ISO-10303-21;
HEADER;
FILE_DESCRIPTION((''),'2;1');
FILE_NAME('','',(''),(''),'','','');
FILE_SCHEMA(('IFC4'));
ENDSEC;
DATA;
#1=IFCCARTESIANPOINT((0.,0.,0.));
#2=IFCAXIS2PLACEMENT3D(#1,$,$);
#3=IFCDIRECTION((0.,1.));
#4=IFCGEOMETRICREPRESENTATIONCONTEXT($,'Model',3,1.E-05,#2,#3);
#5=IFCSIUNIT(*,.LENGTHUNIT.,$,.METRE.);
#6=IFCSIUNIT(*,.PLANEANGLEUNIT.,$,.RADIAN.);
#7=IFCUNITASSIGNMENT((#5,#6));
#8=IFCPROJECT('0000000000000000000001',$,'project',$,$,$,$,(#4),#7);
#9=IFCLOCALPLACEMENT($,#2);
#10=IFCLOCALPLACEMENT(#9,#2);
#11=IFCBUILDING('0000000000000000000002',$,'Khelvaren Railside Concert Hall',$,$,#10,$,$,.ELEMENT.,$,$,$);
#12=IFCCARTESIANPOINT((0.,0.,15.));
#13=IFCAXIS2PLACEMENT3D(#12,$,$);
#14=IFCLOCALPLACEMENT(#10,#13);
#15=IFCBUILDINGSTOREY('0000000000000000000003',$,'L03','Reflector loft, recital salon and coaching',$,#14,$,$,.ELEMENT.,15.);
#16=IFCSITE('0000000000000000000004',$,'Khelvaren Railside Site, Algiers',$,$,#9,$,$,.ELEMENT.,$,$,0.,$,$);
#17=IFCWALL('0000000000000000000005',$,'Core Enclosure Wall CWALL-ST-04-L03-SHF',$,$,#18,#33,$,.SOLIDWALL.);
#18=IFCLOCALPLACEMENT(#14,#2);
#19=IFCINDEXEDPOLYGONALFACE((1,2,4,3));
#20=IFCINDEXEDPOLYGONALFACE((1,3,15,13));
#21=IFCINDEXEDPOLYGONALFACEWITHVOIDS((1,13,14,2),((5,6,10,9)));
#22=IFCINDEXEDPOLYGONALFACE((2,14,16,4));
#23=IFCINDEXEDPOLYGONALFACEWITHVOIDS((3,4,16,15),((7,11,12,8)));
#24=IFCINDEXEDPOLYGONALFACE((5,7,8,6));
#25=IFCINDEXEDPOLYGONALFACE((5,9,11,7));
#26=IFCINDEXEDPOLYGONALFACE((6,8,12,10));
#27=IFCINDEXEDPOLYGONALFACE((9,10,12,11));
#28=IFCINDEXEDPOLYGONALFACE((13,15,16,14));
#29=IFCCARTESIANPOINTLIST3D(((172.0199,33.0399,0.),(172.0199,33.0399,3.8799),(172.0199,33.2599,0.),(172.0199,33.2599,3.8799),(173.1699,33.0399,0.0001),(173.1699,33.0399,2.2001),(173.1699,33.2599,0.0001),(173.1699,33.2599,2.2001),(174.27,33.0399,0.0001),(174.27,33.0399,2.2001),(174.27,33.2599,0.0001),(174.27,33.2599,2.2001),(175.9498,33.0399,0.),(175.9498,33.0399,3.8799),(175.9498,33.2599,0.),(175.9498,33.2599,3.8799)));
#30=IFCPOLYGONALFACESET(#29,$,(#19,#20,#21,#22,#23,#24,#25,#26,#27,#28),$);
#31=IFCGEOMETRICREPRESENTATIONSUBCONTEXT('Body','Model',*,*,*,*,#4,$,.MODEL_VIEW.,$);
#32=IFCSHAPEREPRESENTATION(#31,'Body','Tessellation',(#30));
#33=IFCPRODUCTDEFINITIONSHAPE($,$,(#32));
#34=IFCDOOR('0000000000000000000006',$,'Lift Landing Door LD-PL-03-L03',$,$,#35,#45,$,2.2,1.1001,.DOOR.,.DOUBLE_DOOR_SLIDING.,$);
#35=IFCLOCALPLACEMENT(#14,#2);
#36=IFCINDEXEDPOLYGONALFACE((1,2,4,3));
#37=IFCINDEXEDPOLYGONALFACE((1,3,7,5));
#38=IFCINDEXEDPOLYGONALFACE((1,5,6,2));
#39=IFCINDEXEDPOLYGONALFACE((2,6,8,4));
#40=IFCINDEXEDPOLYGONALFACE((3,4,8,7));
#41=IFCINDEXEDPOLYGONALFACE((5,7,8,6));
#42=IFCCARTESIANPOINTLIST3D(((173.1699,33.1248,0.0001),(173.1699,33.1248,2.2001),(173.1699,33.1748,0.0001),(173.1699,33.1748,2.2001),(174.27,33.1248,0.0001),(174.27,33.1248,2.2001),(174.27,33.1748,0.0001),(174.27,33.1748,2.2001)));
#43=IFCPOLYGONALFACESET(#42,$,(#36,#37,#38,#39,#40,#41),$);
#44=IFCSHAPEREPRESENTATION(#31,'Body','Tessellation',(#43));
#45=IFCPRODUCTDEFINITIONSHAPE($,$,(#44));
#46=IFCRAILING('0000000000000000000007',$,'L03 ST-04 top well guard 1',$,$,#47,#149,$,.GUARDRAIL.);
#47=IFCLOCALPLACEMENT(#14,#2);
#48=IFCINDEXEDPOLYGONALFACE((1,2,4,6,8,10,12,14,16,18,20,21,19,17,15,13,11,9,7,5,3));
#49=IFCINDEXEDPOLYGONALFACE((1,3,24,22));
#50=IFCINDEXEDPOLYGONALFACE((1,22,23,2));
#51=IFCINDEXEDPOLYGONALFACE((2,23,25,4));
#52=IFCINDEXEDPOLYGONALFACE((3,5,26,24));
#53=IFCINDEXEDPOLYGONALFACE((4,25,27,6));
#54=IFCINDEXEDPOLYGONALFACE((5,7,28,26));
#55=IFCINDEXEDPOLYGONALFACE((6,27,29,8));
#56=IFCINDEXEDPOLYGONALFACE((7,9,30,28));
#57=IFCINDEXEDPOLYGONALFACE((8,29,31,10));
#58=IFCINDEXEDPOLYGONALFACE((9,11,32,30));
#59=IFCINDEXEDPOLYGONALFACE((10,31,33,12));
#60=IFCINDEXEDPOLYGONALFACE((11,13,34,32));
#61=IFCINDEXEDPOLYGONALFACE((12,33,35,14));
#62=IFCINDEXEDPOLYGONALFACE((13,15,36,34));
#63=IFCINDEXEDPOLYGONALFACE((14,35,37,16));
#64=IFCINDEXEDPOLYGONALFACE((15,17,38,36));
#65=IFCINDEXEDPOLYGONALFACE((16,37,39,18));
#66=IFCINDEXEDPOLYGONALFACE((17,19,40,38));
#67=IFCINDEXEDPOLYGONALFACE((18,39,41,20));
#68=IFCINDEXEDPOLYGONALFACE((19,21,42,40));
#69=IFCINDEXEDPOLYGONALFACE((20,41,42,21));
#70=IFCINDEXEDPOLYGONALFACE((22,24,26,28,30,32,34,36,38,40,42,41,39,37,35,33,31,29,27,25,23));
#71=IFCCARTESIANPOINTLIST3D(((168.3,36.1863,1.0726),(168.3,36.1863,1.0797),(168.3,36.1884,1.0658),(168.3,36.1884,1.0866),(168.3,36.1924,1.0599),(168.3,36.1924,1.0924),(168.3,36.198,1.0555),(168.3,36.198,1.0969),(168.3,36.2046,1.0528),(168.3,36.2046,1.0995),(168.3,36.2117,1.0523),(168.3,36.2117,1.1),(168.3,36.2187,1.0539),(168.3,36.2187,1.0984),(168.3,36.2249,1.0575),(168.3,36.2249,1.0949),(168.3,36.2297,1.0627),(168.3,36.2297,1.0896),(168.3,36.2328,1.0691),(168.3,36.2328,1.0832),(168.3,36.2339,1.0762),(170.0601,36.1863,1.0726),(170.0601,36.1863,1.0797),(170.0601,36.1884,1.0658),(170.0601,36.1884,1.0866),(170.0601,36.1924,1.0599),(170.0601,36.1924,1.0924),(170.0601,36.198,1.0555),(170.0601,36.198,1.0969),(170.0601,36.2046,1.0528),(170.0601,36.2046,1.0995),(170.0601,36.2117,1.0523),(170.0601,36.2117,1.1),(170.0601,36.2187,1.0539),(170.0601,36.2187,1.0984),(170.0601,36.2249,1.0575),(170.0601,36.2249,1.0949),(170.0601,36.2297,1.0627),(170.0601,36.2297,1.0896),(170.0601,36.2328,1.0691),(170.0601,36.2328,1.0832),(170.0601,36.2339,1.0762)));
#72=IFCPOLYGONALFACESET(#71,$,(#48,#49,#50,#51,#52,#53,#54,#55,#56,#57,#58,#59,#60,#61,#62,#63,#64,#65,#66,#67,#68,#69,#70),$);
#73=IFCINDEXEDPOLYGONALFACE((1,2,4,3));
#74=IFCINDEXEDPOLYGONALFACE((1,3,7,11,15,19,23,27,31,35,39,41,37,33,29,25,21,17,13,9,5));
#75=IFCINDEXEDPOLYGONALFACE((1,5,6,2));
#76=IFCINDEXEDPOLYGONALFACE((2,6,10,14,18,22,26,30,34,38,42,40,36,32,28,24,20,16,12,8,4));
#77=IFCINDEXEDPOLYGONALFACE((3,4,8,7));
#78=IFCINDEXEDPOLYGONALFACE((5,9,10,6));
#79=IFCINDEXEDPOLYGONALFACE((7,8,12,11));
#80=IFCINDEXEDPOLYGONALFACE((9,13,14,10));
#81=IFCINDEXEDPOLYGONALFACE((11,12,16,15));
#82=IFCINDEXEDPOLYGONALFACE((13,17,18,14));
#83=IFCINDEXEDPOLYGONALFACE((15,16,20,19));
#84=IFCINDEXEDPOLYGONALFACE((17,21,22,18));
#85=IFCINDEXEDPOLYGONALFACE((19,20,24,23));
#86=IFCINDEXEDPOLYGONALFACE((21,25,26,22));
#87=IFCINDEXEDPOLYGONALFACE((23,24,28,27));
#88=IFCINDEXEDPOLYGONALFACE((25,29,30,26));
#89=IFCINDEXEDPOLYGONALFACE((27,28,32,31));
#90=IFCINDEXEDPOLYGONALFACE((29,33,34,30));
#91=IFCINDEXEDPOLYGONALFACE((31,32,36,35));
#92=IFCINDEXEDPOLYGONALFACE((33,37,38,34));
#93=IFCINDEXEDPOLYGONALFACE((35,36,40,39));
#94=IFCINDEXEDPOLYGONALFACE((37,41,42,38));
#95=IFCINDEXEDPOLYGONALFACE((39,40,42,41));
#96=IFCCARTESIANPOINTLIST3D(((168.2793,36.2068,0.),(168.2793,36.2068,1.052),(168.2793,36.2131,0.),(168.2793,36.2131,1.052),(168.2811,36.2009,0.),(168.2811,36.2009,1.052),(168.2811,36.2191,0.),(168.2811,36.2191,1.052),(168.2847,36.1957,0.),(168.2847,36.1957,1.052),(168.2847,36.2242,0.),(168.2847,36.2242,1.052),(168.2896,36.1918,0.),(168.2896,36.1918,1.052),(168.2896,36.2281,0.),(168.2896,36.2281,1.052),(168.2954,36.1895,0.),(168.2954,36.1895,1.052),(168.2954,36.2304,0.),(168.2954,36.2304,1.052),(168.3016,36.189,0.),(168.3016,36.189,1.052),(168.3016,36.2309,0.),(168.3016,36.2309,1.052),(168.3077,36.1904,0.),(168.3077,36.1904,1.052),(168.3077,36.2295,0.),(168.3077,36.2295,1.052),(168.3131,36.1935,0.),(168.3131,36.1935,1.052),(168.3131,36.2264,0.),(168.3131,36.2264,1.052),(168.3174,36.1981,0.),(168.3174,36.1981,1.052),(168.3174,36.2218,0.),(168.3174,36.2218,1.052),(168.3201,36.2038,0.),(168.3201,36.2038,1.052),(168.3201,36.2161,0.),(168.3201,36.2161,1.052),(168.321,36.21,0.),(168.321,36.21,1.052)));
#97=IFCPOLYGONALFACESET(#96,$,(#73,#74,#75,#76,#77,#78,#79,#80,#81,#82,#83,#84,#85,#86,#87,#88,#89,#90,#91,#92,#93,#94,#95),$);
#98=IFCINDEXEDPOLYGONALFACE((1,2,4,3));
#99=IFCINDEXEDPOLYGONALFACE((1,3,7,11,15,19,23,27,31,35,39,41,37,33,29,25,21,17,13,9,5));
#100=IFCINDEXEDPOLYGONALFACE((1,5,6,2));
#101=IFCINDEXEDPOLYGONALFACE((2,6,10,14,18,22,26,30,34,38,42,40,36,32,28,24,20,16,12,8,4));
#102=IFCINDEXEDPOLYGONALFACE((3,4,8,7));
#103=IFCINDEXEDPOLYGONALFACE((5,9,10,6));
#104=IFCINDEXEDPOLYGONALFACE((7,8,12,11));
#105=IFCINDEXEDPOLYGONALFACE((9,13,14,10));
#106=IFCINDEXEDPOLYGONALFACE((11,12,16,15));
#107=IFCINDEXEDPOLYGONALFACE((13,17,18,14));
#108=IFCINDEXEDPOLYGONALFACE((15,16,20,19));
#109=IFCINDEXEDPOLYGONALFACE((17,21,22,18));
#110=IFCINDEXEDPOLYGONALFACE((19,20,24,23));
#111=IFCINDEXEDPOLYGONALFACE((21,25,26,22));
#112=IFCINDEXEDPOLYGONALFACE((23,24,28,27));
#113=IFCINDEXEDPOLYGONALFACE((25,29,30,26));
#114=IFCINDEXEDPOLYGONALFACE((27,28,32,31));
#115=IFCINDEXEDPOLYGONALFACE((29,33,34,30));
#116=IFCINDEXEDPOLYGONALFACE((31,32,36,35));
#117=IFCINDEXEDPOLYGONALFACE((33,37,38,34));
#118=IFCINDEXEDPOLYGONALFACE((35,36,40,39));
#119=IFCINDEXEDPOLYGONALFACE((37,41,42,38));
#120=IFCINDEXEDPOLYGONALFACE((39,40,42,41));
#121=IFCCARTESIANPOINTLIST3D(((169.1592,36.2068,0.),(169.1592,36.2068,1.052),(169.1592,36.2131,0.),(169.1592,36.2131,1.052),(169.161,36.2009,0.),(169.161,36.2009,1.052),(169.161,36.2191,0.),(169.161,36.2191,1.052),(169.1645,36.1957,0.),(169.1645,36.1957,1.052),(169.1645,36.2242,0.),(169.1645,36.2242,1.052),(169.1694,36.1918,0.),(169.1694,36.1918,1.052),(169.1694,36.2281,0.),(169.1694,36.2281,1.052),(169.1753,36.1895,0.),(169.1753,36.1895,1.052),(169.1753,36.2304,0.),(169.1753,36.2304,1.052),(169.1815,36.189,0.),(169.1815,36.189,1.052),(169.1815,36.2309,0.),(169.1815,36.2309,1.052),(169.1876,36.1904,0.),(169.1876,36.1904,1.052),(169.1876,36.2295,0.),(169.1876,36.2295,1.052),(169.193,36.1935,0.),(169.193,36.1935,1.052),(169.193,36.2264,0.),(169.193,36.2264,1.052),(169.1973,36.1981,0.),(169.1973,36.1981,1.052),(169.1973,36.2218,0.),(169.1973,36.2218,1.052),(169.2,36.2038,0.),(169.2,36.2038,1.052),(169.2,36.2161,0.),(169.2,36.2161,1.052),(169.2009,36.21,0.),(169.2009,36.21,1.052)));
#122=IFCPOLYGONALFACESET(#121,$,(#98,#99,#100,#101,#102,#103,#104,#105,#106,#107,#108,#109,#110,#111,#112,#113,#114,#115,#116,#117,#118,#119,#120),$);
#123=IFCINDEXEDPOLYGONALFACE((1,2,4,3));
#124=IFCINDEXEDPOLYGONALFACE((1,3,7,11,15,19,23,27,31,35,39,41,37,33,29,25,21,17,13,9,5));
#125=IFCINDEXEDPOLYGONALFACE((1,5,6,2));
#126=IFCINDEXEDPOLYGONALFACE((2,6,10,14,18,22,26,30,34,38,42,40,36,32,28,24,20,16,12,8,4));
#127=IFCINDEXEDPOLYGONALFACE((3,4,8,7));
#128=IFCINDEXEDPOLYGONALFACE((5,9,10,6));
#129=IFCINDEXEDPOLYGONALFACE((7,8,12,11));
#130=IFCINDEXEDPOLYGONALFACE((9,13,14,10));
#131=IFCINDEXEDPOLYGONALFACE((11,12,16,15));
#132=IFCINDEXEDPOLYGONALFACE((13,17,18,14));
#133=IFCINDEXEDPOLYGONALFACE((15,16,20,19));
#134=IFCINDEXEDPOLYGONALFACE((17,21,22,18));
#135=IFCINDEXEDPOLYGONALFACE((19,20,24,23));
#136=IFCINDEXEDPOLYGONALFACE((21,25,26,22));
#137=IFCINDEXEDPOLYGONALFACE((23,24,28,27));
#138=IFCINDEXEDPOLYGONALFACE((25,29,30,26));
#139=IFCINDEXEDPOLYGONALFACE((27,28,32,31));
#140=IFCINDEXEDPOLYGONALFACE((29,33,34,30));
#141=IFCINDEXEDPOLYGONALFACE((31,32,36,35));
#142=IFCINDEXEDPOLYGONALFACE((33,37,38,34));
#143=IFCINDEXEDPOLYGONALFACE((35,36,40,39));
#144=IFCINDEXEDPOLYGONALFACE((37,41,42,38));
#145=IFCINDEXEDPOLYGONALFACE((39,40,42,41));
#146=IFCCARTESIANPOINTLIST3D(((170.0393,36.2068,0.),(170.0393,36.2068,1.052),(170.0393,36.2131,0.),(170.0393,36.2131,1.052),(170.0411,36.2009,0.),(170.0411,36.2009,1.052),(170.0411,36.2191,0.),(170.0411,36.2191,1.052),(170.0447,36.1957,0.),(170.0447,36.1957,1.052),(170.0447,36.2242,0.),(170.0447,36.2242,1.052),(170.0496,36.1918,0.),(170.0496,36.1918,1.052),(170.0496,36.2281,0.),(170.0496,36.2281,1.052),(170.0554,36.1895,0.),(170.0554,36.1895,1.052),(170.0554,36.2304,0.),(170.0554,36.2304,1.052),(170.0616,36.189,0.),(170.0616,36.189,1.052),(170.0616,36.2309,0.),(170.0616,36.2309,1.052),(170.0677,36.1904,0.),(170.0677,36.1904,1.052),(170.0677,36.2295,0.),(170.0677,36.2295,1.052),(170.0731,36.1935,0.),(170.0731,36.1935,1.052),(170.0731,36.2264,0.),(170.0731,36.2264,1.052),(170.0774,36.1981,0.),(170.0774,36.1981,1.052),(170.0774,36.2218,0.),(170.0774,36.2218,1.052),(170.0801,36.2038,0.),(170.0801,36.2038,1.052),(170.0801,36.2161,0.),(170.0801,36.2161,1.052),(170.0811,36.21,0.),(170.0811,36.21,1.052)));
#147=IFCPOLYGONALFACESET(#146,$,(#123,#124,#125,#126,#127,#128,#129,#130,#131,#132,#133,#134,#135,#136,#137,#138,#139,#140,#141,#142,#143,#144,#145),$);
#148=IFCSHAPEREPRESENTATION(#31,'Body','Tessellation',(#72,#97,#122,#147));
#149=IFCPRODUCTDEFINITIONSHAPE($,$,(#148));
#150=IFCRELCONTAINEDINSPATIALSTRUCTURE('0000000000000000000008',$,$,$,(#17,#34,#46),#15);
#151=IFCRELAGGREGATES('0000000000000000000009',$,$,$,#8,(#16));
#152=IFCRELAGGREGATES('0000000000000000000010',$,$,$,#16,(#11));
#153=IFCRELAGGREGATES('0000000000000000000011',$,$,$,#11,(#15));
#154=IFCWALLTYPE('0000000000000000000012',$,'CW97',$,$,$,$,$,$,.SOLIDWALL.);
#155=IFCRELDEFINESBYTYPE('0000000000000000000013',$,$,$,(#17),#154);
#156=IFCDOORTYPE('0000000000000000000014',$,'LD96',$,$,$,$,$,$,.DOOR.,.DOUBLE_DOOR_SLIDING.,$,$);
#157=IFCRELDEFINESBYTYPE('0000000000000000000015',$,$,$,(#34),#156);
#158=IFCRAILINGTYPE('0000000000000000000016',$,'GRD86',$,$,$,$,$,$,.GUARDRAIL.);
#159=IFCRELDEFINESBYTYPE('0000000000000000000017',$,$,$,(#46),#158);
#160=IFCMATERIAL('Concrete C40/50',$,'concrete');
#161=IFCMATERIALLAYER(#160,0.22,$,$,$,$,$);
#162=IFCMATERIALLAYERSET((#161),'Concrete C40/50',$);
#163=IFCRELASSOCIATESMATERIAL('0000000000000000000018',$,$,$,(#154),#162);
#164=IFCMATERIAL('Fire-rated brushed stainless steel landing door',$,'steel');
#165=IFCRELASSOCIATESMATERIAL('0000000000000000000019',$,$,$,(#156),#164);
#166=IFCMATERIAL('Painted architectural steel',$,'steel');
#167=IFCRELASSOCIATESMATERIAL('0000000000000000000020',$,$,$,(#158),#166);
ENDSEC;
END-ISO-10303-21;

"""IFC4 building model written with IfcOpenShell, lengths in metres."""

from ifc_helpers import new_model, si_unit, direction, frame, frame_2d, origin, origin_2d, place, context, subcontext, project, spatial, rectangle, circle, extrude, material, layer, layer_set, type_object, element, fill, save


model = new_model("IFC4")

# Units and contexts
model_context = context("Model", 3, precision=1e-05, world=origin(), true_north=direction((0.0, 1.0)))
body_context = subcontext(model_context, "Body", "Model", "MODEL_VIEW")
ifc_project = project(units=[si_unit("LENGTHUNIT", "METRE"), si_unit("PLANEANGLEUNIT", "RADIAN")], contexts=[model_context])

# Site, building, storey
site_placement = place(None, origin())
site = spatial("IfcSite", under=ifc_project, at=site_placement, Name="Khelvaren Railside Site, Algiers", CompositionType="ELEMENT", RefElevation=0.0)
building_placement = place(site_placement, origin())
building = spatial("IfcBuilding", under=site, at=building_placement, Name="Khelvaren Railside Concert Hall", CompositionType="ELEMENT")
storey_placement = place(building_placement, frame((0.0, 0.0, 15.0)))
storey = spatial("IfcBuildingStorey", under=building, at=storey_placement, Name="L03", Description="Reflector loft, recital salon and coaching", CompositionType="ELEMENT", Elevation=15.0)

# Shared definitions
ifc_material_1 = material(Name="Concrete C40/50", Category="concrete")

# Wall, opening, door
ifc_layer_1 = layer(ifc_material_1, 0.22)
ifc_layer_set_1 = layer_set([ifc_layer_1], Name="Concrete C40/50")
wall_type_1 = type_object("IfcWallType", Name="CW97", PredefinedType="SOLIDWALL", material=ifc_layer_set_1)
wall_1_placement = place(storey_placement, frame((172.02, 33.1499, 0.0), z_axis=(0.0, 0.0, 1.0), x_axis=(1.0, 0.0, 0.0)))
wall_1 = element("IfcWall", 1, at=wall_1_placement, inside=storey, type_object=wall_type_1, Name="Core Enclosure Wall CWALL-ST-04-L03-SHF", PredefinedType="SOLIDWALL", context=body_context, shape_type="SweptSolid", body=[
    extrude(rectangle(XDim=3.9299, YDim=0.22, at=frame_2d((1.9648, 0.0))), origin(), (0.0, 0.0, 1.0), 3.8799),
])
opening_1_placement = place(wall_1_placement, frame((1.1499, 0.0, 0.0)))
opening_1 = element("IfcOpeningElement", 2, at=opening_1_placement, cuts=wall_1, PredefinedType="OPENING", context=body_context, shape_type="SweptSolid", body=[
    extrude(rectangle(XDim=1.1001, YDim=2.2, at=frame_2d((0.55, 1.1001))), frame((0.0, 0.1199, 0.0), z_axis=(0.0, -1.0, 0.0), x_axis=(1.0, 0.0, 0.0)), (0.0, 0.0, 1.0), 0.24),
])
ifc_material_2 = material(Name="Fire-rated brushed stainless steel landing door", Category="steel")
door_type_1 = type_object("IfcDoorType", Name="LD96", OperationType="DOUBLE_DOOR_SLIDING", PredefinedType="DOOR", material=ifc_material_2)
door_1_placement = place(opening_1_placement, origin())
door_1 = element("IfcDoor", 3, at=door_1_placement, inside=storey, type_object=door_type_1, Name="Lift Landing Door LD-PL-03-L03", OperationType="DOUBLE_DOOR_SLIDING", OverallHeight=2.2, OverallWidth=1.1001, PredefinedType="DOOR", context=body_context, shape_type="SweptSolid", body=[
    extrude(rectangle(XDim=1.1001, YDim=2.2, at=frame_2d((0.55, 1.1001))), frame((0.0, 0.0249, 0.0), z_axis=(0.0, -1.0, 0.0), x_axis=(1.0, 0.0, 0.0)), (0.0, 0.0, 1.0), 0.05),
])
fill(opening_1, door_1)

# Railing
ifc_material_3 = material(Name="Painted architectural steel", Category="steel")
railing_type = type_object("IfcRailingType", Name="GRD86", PredefinedType="GUARDRAIL", material=ifc_material_3)
railing_1_placement = place(storey_placement, frame((168.3, 36.21, 0.0)))
element("IfcRailing", 4, at=railing_1_placement, inside=storey, type_object=railing_type, Name="L03 ST-04 top well guard 1", PredefinedType="GUARDRAIL", context=body_context, shape_type="SweptSolid", body=[
    extrude(circle(Radius=0.0239, at=origin_2d()), frame((0.0, 0.0, 1.0762), z_axis=(1.0, 0.0, 0.0), x_axis=(0.0, 1.0, 0.0)), (0.0, 0.0, 1.0), 1.76),
    extrude(circle(Radius=0.021, at=origin_2d()), origin(), (0.0, 0.0, 1.0), 1.052),
    extrude(circle(Radius=0.021, at=origin_2d()), frame((0.8799, 0.0, 0.0)), (0.0, 0.0, 1.0), 1.052),
    extrude(circle(Radius=0.021, at=origin_2d()), frame((1.76, 0.0, 0.0)), (0.0, 0.0, 1.0), 1.052),
])

save(model, "model.ifc")
